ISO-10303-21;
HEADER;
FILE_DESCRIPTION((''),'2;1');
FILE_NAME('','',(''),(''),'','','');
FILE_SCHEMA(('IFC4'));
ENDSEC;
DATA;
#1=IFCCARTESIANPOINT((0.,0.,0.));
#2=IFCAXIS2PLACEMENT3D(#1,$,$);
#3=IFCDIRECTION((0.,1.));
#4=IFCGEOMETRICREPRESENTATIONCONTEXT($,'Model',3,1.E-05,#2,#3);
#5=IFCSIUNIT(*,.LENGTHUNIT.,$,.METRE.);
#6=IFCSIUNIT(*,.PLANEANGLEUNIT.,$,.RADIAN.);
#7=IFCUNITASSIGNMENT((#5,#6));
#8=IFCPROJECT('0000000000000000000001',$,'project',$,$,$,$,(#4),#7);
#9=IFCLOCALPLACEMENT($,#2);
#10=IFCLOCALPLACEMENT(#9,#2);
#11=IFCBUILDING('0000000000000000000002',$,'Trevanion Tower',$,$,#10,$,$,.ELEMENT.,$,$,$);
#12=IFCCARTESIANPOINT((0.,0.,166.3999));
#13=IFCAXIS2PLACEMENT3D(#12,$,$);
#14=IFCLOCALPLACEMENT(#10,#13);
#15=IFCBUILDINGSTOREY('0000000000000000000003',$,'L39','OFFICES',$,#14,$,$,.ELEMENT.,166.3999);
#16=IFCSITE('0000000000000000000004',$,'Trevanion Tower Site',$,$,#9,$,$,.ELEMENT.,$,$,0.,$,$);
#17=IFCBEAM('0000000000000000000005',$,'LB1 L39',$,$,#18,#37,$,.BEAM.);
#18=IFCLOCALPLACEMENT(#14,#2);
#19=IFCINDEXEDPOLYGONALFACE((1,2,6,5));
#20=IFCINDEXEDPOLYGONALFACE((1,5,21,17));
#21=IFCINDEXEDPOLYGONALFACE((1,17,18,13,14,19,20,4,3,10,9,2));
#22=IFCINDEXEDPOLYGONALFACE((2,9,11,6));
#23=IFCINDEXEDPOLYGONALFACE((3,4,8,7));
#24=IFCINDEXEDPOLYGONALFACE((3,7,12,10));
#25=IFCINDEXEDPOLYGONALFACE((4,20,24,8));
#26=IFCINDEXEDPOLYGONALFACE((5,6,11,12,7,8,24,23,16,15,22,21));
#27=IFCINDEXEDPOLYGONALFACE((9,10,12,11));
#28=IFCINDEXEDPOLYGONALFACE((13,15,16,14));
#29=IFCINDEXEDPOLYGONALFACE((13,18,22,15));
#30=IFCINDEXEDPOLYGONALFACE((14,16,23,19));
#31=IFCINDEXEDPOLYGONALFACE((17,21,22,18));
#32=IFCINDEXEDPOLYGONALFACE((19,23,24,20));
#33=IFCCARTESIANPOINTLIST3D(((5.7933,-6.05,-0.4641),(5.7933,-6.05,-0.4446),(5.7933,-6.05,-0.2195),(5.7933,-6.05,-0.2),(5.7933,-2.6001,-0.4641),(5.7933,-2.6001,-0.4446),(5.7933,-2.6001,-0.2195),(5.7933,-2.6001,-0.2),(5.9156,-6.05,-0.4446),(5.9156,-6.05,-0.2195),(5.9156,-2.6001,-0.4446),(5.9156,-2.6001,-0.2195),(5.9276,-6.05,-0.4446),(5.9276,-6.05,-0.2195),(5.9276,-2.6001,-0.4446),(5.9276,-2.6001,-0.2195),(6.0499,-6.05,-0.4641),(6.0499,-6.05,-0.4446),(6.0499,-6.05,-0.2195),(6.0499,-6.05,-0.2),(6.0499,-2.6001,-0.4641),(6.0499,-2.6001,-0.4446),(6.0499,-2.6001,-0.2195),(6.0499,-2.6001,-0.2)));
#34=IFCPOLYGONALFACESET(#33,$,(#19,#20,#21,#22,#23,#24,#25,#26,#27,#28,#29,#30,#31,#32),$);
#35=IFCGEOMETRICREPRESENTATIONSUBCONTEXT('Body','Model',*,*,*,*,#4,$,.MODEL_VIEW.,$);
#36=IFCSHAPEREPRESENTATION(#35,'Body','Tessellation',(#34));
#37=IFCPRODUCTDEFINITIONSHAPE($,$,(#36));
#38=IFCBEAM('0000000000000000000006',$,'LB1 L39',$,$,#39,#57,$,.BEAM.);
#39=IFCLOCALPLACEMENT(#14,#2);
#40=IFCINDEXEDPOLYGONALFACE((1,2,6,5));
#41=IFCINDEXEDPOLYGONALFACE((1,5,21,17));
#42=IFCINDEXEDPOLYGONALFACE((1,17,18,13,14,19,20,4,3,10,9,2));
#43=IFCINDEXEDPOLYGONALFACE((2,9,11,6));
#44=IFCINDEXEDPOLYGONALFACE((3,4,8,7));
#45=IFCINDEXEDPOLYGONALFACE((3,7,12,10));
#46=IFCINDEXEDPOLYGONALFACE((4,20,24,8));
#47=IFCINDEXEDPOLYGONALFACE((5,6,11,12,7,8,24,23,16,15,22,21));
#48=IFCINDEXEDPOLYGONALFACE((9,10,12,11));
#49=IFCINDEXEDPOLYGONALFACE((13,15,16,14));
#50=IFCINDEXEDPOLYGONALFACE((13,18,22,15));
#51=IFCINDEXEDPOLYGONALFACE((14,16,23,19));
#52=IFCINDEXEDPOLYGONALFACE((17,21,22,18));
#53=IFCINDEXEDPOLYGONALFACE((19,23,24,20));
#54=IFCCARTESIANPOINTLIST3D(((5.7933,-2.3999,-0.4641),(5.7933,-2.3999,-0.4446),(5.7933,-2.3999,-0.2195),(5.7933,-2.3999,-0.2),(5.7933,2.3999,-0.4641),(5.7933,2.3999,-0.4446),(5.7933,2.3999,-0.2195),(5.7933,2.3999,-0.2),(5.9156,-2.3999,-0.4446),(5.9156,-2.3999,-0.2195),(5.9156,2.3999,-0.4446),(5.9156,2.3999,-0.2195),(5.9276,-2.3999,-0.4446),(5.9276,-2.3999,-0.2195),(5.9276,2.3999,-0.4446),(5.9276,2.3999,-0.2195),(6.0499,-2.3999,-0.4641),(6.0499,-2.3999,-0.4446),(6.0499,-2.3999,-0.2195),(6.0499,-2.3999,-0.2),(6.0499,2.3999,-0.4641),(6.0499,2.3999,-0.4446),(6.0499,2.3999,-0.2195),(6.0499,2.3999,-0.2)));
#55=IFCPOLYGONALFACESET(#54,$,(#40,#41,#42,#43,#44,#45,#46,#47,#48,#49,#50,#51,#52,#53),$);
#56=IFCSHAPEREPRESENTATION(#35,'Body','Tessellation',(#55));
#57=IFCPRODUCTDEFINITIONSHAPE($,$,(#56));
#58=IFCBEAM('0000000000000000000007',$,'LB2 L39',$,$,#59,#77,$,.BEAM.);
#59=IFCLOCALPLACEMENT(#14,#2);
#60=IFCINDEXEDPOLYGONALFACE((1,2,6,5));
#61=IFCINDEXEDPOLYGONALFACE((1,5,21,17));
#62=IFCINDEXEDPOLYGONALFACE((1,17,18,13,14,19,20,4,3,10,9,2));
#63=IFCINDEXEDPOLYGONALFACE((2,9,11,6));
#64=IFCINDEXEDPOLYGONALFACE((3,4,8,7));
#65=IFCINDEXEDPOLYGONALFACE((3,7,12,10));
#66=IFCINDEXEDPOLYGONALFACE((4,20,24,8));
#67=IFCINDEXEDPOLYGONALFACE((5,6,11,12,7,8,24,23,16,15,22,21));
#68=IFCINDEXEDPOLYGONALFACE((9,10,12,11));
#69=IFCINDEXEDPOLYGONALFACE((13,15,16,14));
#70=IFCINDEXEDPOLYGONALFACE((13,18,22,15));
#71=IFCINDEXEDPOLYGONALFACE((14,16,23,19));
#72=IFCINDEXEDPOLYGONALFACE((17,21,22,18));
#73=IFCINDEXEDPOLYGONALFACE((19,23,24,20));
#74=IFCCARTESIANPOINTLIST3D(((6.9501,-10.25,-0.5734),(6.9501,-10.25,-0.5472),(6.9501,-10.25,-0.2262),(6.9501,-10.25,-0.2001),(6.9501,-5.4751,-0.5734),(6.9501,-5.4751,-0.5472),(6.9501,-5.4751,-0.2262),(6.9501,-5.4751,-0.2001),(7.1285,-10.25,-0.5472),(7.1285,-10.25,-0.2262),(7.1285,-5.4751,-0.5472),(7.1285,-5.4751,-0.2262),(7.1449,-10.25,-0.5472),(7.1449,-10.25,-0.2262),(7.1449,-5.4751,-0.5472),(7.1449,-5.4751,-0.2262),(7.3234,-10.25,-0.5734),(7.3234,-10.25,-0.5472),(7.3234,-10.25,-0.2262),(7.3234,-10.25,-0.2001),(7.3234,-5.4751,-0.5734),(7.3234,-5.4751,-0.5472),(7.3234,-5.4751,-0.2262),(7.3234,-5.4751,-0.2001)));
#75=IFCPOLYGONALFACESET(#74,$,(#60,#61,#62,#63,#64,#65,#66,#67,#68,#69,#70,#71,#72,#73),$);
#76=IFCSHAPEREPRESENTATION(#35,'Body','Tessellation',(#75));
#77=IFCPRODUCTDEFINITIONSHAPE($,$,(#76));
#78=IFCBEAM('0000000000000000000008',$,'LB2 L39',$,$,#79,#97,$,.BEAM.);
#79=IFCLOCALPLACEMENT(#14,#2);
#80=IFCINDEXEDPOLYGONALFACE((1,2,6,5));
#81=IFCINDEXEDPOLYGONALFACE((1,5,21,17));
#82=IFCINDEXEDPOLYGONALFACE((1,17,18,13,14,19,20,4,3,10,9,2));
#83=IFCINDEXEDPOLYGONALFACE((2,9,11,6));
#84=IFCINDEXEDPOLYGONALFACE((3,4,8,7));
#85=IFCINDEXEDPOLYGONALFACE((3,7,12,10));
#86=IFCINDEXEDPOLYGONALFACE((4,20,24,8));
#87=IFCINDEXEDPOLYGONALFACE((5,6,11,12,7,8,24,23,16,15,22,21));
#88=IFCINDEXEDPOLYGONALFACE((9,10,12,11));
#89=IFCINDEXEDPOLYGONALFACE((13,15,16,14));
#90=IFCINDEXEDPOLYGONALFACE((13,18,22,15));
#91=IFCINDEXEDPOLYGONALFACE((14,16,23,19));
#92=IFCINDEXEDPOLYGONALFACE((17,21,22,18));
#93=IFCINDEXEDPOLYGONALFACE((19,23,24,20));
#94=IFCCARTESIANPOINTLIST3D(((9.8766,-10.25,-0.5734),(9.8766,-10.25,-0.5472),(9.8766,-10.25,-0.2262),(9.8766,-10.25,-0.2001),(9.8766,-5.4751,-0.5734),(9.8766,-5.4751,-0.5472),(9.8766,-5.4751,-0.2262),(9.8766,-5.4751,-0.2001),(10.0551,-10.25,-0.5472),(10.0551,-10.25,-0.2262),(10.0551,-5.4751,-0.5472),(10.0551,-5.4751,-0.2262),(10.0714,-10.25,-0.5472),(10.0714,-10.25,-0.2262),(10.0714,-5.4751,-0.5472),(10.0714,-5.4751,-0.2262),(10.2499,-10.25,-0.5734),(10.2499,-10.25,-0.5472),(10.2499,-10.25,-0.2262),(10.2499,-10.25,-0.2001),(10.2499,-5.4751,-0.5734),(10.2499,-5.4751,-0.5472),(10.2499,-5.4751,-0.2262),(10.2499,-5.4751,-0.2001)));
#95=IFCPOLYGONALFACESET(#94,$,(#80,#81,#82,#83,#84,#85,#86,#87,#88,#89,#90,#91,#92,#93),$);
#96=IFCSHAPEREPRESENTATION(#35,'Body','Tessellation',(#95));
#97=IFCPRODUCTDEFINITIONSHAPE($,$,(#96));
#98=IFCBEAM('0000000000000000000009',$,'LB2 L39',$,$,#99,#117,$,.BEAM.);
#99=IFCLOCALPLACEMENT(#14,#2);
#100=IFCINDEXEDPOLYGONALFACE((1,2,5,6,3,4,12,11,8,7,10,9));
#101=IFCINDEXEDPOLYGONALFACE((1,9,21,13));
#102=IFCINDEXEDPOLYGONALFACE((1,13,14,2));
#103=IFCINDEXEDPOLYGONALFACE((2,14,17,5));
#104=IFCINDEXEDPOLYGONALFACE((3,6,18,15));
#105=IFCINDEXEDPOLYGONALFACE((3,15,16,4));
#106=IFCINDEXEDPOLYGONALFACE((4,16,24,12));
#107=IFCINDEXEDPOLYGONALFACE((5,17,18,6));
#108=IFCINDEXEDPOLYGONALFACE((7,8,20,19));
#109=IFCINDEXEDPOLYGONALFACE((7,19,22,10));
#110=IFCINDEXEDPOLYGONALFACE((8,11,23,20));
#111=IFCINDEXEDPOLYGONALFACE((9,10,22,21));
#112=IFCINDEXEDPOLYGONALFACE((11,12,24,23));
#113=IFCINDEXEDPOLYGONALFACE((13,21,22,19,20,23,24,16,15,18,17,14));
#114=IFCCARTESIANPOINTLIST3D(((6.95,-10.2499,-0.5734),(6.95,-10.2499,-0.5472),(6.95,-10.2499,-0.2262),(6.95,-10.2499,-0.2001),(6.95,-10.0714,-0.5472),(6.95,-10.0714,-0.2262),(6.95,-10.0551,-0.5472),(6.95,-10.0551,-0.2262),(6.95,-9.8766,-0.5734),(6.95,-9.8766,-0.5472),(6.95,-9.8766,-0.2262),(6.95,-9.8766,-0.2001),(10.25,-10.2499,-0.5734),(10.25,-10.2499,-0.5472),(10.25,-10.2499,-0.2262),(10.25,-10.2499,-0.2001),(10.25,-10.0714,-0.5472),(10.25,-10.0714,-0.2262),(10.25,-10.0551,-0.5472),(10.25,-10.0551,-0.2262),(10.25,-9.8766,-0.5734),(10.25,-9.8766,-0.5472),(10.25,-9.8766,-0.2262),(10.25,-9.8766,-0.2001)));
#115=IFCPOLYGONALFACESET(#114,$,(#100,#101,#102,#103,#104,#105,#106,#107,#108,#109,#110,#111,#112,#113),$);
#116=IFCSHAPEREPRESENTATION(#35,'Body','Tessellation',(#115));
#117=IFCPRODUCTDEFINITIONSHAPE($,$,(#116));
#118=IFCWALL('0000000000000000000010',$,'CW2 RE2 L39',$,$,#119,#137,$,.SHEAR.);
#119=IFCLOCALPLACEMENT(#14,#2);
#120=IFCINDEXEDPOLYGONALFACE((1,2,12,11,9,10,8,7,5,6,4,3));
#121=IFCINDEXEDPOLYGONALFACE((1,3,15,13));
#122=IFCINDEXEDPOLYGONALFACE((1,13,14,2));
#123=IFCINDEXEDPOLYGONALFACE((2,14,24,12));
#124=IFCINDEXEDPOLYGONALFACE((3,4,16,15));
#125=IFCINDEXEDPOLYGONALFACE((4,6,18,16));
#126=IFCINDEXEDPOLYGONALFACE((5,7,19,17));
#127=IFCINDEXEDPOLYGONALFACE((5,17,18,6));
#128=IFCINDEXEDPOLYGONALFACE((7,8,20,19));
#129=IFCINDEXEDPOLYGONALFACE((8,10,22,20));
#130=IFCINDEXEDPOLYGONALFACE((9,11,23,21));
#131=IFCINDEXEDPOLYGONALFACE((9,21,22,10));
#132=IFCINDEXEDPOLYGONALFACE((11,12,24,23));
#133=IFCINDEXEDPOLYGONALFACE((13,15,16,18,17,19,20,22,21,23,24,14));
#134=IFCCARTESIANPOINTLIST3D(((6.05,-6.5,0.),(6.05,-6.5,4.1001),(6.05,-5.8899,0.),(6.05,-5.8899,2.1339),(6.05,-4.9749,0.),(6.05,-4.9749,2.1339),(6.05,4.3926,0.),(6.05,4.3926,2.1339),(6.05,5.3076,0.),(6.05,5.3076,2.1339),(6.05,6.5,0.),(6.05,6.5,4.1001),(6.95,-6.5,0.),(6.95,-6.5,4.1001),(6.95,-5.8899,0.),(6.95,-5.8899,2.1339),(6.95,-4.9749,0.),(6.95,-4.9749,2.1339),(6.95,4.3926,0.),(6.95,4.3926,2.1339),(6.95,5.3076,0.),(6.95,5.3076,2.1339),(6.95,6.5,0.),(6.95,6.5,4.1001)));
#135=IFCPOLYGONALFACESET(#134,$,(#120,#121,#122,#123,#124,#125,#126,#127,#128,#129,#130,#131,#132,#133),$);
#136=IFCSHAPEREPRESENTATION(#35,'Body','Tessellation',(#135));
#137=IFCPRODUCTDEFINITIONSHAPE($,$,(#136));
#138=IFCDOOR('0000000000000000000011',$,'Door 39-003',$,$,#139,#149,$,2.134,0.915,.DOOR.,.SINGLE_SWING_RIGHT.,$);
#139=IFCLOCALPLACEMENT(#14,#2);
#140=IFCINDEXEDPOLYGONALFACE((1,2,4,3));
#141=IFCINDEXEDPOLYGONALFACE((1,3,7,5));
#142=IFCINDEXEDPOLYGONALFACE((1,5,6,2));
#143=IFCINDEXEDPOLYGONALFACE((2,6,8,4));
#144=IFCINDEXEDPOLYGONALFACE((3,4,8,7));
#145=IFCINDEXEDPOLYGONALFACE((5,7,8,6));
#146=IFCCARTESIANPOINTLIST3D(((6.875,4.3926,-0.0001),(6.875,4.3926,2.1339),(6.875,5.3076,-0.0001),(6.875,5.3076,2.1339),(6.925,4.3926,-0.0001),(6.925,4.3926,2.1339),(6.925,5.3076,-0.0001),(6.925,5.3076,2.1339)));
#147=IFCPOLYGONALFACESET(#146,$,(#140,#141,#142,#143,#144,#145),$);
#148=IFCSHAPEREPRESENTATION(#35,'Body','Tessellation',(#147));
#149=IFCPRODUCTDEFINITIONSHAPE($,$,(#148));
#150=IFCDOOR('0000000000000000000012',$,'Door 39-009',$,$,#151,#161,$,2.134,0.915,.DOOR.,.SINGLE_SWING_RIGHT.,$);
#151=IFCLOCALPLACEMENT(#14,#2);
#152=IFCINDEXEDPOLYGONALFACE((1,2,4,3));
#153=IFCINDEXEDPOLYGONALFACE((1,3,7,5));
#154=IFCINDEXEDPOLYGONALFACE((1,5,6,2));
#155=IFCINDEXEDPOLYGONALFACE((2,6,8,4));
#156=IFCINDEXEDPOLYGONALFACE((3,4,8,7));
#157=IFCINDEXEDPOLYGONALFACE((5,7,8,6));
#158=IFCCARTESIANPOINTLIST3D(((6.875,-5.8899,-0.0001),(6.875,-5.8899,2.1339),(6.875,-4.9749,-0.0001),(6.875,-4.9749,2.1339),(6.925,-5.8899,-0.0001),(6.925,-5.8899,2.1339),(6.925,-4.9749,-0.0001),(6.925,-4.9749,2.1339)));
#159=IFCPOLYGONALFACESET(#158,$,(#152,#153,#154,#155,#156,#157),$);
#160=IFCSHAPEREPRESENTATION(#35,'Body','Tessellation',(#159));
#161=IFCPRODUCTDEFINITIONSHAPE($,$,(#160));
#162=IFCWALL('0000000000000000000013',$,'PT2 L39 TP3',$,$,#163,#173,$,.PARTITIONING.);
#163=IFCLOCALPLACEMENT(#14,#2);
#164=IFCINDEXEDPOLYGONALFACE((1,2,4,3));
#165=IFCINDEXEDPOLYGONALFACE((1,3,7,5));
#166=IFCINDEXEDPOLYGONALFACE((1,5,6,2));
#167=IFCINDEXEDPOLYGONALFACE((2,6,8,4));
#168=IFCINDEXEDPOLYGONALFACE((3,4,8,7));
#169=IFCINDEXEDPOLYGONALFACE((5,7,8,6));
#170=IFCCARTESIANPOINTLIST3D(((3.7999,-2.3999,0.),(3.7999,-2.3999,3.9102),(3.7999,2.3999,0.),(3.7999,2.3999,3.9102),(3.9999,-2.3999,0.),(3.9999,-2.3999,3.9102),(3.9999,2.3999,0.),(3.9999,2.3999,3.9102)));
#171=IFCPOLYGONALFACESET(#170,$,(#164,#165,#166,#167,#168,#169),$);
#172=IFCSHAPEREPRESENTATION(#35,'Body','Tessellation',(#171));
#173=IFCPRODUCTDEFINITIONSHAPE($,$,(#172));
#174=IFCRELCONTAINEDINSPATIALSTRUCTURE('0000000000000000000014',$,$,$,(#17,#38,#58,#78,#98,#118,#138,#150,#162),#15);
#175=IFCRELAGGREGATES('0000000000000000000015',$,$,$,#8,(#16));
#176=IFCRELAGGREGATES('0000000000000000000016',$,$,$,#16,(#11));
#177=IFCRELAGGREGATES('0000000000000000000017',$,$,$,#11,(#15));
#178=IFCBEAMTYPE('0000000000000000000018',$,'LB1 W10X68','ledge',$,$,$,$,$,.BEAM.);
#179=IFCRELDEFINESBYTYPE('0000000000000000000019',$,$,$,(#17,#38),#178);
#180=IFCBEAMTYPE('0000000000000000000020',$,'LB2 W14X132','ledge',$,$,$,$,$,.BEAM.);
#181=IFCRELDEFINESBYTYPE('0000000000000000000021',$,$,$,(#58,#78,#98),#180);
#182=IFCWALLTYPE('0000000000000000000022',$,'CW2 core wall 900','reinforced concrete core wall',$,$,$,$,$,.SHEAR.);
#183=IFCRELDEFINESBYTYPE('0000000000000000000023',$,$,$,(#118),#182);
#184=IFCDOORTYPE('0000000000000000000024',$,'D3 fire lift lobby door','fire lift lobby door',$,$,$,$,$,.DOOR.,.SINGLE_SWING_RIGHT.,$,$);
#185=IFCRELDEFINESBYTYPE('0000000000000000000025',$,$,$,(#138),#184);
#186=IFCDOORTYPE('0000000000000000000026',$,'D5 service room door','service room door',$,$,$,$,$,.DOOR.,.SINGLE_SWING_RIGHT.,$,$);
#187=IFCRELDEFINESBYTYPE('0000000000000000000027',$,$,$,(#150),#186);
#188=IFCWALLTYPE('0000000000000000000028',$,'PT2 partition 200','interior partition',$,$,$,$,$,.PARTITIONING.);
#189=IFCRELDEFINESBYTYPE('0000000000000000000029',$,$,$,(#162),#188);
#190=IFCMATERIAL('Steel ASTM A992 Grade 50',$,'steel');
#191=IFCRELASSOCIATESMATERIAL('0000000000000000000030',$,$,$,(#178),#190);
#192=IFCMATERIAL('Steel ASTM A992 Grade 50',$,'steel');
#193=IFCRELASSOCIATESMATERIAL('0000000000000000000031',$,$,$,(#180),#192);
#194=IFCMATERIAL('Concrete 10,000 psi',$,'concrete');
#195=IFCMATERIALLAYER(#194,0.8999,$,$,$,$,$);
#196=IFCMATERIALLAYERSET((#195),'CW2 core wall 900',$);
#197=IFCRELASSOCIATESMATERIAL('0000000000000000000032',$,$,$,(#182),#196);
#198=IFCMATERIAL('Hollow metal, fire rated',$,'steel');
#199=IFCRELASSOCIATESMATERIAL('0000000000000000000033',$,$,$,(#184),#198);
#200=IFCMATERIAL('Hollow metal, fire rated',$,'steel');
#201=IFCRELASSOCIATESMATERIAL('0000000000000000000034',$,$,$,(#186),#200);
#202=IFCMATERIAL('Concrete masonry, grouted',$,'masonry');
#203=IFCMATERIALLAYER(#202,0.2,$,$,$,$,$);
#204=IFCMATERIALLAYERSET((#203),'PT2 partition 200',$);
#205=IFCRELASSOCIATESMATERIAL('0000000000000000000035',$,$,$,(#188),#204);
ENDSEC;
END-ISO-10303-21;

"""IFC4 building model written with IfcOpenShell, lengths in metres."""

from ifc_helpers import new_model, si_unit, direction, frame, frame_2d, origin, origin_2d, place, context, subcontext, project, spatial, rectangle, i_section, extrude, material, layer, layer_set, material_profile, profile_set, type_object, element, fill, save


model = new_model("IFC4")

# Units and contexts
model_context = context("Model", 3, precision=1e-05, world=origin(), true_north=direction((0.0, 1.0)))
body_context = subcontext(model_context, "Body", "Model", "MODEL_VIEW")
ifc_project = project(units=[si_unit("LENGTHUNIT", "METRE"), si_unit("PLANEANGLEUNIT", "RADIAN")], contexts=[model_context])

# Site, building, storey
site_placement = place(None, origin())
site = spatial("IfcSite", under=ifc_project, at=site_placement, Name="Trevanion Tower Site", CompositionType="ELEMENT", RefElevation=0.0)
building_placement = place(site_placement, origin())
building = spatial("IfcBuilding", under=site, at=building_placement, Name="Trevanion Tower", CompositionType="ELEMENT")
storey_placement = place(building_placement, frame((0.0, 0.0, 166.3999)))
storey = spatial("IfcBuildingStorey", under=building, at=storey_placement, Name="L39", Description="OFFICES", CompositionType="ELEMENT", Elevation=166.3999)

# Beams
ifc_material_1 = material(Name="Steel ASTM A992 Grade 50", Category="steel")
ifc_material_profile_1 = material_profile(ifc_material_1, i_section(OverallWidth=0.2566, OverallDepth=0.2642, WebThickness=0.012, FlangeThickness=0.0195, at=origin_2d()), Name="W10X68")
ifc_profile_set_1 = profile_set([ifc_material_profile_1], Name="Steel ASTM A992 Grade 50")
beam_type_1 = type_object("IfcBeamType", Name="LB1 W10X68", Description="ledge", PredefinedType="BEAM", material=ifc_profile_set_1)
beam_1_placement = place(storey_placement, frame((5.9216, -6.05, -0.332), z_axis=(0.0, 1.0, 0.0), x_axis=(-1.0, 0.0, 0.0)))
element("IfcBeam", 1, at=beam_1_placement, inside=storey, type_object=beam_type_1, Name="LB1 L39", PredefinedType="BEAM", context=body_context, shape_type="SweptSolid", body=[
    extrude(i_section(OverallWidth=0.2566, OverallDepth=0.2642, WebThickness=0.012, FlangeThickness=0.0195, at=origin_2d()), origin(), (0.0, 0.0, 1.0), 3.45),
])
beam_2_placement = place(storey_placement, frame((5.9216, -2.3999, -0.332), z_axis=(0.0, 1.0, 0.0), x_axis=(-1.0, 0.0, 0.0)))
element("IfcBeam", 2, at=beam_2_placement, inside=storey, type_object=beam_type_1, Name="LB1 L39", PredefinedType="BEAM", context=body_context, shape_type="SweptSolid", body=[
    extrude(i_section(OverallWidth=0.2566, OverallDepth=0.2642, WebThickness=0.012, FlangeThickness=0.0195, at=origin_2d()), origin(), (0.0, 0.0, 1.0), 4.7998),
])
ifc_material_2 = material(Name="Steel ASTM A992 Grade 50", Category="steel")
ifc_material_profile_2 = material_profile(ifc_material_2, i_section(OverallWidth=0.3733, OverallDepth=0.3733, WebThickness=0.0164, FlangeThickness=0.0261, at=origin_2d()), Name="W14X132")
ifc_profile_set_2 = profile_set([ifc_material_profile_2], Name="Steel ASTM A992 Grade 50")
beam_type_2 = type_object("IfcBeamType", Name="LB2 W14X132", Description="ledge", PredefinedType="BEAM", material=ifc_profile_set_2)
for number, where, z_axis, x_axis, name in (
    (3, (7.1367, -10.25, -0.3867), (0.0, 1.0, 0.0), (-1.0, 0.0, 0.0), "LB2 L39"),
    (4, (10.0632, -10.25, -0.3867), (0.0, 1.0, 0.0), (-1.0, 0.0, 0.0), "LB2 L39"),
):
    element("IfcBeam", number, at=place(storey_placement, frame(where, z_axis=z_axis, x_axis=x_axis)), inside=storey, type_object=beam_type_2, Name=name, PredefinedType="BEAM", context=body_context, shape_type="SweptSolid", body=[
        extrude(i_section(OverallWidth=0.3733, OverallDepth=0.3733, WebThickness=0.0164, FlangeThickness=0.0261, at=origin_2d()), origin(), (0.0, 0.0, 1.0), 4.7749),
    ])
beam_3_placement = place(storey_placement, frame((6.95, -10.0632, -0.3867), z_axis=(1.0, 0.0, 0.0), x_axis=(0.0, 1.0, 0.0)))
element("IfcBeam", 5, at=beam_3_placement, inside=storey, type_object=beam_type_2, Name="LB2 L39", PredefinedType="BEAM", context=body_context, shape_type="SweptSolid", body=[
    extrude(i_section(OverallWidth=0.3733, OverallDepth=0.3733, WebThickness=0.0164, FlangeThickness=0.0261, at=origin_2d()), origin(), (0.0, 0.0, 1.0), 3.3),
])

# Wall, openings, doors
ifc_material_3 = material(Name="Concrete 10,000 psi", Category="concrete")
ifc_layer_1 = layer(ifc_material_3, 0.8999)
ifc_layer_set_1 = layer_set([ifc_layer_1], Name="CW2 core wall 900")
wall_type_1 = type_object("IfcWallType", Name="CW2 core wall 900", Description="reinforced concrete core wall", PredefinedType="SHEAR", material=ifc_layer_set_1)
wall_1_placement = place(storey_placement, frame((6.5, -6.5, 0.0), z_axis=(0.0, 0.0, 1.0), x_axis=(0.0, 1.0, 0.0)))
wall_1 = element("IfcWall", 6, at=wall_1_placement, inside=storey, type_object=wall_type_1, Name="CW2 RE2 L39", PredefinedType="SHEAR", context=body_context, shape_type="SweptSolid", body=[
    extrude(rectangle(XDim=13.0, YDim=0.8999, at=frame_2d((6.5, 0.0))), origin(), (0.0, 0.0, 1.0), 4.1001),
])
opening_1_placement = place(wall_1_placement, frame((10.8926, 0.0, 0.0)))
opening_1 = element("IfcOpeningElement", 7, at=opening_1_placement, cuts=wall_1, PredefinedType="OPENING", context=body_context, shape_type="SweptSolid", body=[
    extrude(rectangle(XDim=0.915, YDim=2.134, at=frame_2d((0.4575, 1.0669))), frame((0.0, 0.46, 0.0), z_axis=(0.0, -1.0, 0.0), x_axis=(1.0, 0.0, 0.0)), (0.0, 0.0, 1.0), 0.9199),
])
opening_2_placement = place(wall_1_placement, frame((0.6101, 0.0, 0.0)))
opening_2 = element("IfcOpeningElement", 8, at=opening_2_placement, cuts=wall_1, PredefinedType="OPENING", context=body_context, shape_type="SweptSolid", body=[
    extrude(rectangle(XDim=0.915, YDim=2.134, at=frame_2d((0.4575, 1.0669))), frame((0.0, 0.46, 0.0), z_axis=(0.0, -1.0, 0.0), x_axis=(1.0, 0.0, 0.0)), (0.0, 0.0, 1.0), 0.9199),
])
ifc_material_4 = material(Name="Hollow metal, fire rated", Category="steel")
door_type_1 = type_object("IfcDoorType", Name="D3 fire lift lobby door", Description="fire lift lobby door", OperationType="SINGLE_SWING_RIGHT", PredefinedType="DOOR", material=ifc_material_4)
door_1_placement = place(opening_1_placement, origin())
door_1 = element("IfcDoor", 9, at=door_1_placement, inside=storey, type_object=door_type_1, Name="Door 39-003", OperationType="SINGLE_SWING_RIGHT", OverallHeight=2.134, OverallWidth=0.915, PredefinedType="DOOR", context=body_context, shape_type="SweptSolid", body=[
    extrude(rectangle(XDim=0.915, YDim=2.134, at=frame_2d((0.4575, 1.0669))), frame((0.0, -0.375, 0.0), z_axis=(0.0, -1.0, 0.0), x_axis=(1.0, 0.0, 0.0)), (0.0, 0.0, 1.0), 0.05),
])
fill(opening_1, door_1)
ifc_material_5 = material(Name="Hollow metal, fire rated", Category="steel")
door_type_2 = type_object("IfcDoorType", Name="D5 service room door", Description="service room door", OperationType="SINGLE_SWING_RIGHT", PredefinedType="DOOR", material=ifc_material_5)
door_2_placement = place(opening_2_placement, origin())
door_2 = element("IfcDoor", 10, at=door_2_placement, inside=storey, type_object=door_type_2, Name="Door 39-009", OperationType="SINGLE_SWING_RIGHT", OverallHeight=2.134, OverallWidth=0.915, PredefinedType="DOOR", context=body_context, shape_type="SweptSolid", body=[
    extrude(rectangle(XDim=0.915, YDim=2.134, at=frame_2d((0.4575, 1.0669))), frame((0.0, -0.375, 0.0), z_axis=(0.0, -1.0, 0.0), x_axis=(1.0, 0.0, 0.0)), (0.0, 0.0, 1.0), 0.05),
])
fill(opening_2, door_2)

# Wall
ifc_material_6 = material(Name="Concrete masonry, grouted", Category="masonry")
ifc_layer_2 = layer(ifc_material_6, 0.2)
ifc_layer_set_2 = layer_set([ifc_layer_2], Name="PT2 partition 200")
wall_type_2 = type_object("IfcWallType", Name="PT2 partition 200", Description="interior partition", PredefinedType="PARTITIONING", material=ifc_layer_set_2)
wall_2_placement = place(storey_placement, frame((3.8999, -2.3999, 0.0), z_axis=(0.0, 0.0, 1.0), x_axis=(0.0, 1.0, 0.0)))
element("IfcWall", 11, at=wall_2_placement, inside=storey, type_object=wall_type_2, Name="PT2 L39 TP3", PredefinedType="PARTITIONING", context=body_context, shape_type="SweptSolid", body=[
    extrude(rectangle(XDim=4.7998, YDim=0.2, at=frame_2d((2.3999, 0.0))), origin(), (0.0, 0.0, 1.0), 3.9102),
])

save(model, "model.ifc")
